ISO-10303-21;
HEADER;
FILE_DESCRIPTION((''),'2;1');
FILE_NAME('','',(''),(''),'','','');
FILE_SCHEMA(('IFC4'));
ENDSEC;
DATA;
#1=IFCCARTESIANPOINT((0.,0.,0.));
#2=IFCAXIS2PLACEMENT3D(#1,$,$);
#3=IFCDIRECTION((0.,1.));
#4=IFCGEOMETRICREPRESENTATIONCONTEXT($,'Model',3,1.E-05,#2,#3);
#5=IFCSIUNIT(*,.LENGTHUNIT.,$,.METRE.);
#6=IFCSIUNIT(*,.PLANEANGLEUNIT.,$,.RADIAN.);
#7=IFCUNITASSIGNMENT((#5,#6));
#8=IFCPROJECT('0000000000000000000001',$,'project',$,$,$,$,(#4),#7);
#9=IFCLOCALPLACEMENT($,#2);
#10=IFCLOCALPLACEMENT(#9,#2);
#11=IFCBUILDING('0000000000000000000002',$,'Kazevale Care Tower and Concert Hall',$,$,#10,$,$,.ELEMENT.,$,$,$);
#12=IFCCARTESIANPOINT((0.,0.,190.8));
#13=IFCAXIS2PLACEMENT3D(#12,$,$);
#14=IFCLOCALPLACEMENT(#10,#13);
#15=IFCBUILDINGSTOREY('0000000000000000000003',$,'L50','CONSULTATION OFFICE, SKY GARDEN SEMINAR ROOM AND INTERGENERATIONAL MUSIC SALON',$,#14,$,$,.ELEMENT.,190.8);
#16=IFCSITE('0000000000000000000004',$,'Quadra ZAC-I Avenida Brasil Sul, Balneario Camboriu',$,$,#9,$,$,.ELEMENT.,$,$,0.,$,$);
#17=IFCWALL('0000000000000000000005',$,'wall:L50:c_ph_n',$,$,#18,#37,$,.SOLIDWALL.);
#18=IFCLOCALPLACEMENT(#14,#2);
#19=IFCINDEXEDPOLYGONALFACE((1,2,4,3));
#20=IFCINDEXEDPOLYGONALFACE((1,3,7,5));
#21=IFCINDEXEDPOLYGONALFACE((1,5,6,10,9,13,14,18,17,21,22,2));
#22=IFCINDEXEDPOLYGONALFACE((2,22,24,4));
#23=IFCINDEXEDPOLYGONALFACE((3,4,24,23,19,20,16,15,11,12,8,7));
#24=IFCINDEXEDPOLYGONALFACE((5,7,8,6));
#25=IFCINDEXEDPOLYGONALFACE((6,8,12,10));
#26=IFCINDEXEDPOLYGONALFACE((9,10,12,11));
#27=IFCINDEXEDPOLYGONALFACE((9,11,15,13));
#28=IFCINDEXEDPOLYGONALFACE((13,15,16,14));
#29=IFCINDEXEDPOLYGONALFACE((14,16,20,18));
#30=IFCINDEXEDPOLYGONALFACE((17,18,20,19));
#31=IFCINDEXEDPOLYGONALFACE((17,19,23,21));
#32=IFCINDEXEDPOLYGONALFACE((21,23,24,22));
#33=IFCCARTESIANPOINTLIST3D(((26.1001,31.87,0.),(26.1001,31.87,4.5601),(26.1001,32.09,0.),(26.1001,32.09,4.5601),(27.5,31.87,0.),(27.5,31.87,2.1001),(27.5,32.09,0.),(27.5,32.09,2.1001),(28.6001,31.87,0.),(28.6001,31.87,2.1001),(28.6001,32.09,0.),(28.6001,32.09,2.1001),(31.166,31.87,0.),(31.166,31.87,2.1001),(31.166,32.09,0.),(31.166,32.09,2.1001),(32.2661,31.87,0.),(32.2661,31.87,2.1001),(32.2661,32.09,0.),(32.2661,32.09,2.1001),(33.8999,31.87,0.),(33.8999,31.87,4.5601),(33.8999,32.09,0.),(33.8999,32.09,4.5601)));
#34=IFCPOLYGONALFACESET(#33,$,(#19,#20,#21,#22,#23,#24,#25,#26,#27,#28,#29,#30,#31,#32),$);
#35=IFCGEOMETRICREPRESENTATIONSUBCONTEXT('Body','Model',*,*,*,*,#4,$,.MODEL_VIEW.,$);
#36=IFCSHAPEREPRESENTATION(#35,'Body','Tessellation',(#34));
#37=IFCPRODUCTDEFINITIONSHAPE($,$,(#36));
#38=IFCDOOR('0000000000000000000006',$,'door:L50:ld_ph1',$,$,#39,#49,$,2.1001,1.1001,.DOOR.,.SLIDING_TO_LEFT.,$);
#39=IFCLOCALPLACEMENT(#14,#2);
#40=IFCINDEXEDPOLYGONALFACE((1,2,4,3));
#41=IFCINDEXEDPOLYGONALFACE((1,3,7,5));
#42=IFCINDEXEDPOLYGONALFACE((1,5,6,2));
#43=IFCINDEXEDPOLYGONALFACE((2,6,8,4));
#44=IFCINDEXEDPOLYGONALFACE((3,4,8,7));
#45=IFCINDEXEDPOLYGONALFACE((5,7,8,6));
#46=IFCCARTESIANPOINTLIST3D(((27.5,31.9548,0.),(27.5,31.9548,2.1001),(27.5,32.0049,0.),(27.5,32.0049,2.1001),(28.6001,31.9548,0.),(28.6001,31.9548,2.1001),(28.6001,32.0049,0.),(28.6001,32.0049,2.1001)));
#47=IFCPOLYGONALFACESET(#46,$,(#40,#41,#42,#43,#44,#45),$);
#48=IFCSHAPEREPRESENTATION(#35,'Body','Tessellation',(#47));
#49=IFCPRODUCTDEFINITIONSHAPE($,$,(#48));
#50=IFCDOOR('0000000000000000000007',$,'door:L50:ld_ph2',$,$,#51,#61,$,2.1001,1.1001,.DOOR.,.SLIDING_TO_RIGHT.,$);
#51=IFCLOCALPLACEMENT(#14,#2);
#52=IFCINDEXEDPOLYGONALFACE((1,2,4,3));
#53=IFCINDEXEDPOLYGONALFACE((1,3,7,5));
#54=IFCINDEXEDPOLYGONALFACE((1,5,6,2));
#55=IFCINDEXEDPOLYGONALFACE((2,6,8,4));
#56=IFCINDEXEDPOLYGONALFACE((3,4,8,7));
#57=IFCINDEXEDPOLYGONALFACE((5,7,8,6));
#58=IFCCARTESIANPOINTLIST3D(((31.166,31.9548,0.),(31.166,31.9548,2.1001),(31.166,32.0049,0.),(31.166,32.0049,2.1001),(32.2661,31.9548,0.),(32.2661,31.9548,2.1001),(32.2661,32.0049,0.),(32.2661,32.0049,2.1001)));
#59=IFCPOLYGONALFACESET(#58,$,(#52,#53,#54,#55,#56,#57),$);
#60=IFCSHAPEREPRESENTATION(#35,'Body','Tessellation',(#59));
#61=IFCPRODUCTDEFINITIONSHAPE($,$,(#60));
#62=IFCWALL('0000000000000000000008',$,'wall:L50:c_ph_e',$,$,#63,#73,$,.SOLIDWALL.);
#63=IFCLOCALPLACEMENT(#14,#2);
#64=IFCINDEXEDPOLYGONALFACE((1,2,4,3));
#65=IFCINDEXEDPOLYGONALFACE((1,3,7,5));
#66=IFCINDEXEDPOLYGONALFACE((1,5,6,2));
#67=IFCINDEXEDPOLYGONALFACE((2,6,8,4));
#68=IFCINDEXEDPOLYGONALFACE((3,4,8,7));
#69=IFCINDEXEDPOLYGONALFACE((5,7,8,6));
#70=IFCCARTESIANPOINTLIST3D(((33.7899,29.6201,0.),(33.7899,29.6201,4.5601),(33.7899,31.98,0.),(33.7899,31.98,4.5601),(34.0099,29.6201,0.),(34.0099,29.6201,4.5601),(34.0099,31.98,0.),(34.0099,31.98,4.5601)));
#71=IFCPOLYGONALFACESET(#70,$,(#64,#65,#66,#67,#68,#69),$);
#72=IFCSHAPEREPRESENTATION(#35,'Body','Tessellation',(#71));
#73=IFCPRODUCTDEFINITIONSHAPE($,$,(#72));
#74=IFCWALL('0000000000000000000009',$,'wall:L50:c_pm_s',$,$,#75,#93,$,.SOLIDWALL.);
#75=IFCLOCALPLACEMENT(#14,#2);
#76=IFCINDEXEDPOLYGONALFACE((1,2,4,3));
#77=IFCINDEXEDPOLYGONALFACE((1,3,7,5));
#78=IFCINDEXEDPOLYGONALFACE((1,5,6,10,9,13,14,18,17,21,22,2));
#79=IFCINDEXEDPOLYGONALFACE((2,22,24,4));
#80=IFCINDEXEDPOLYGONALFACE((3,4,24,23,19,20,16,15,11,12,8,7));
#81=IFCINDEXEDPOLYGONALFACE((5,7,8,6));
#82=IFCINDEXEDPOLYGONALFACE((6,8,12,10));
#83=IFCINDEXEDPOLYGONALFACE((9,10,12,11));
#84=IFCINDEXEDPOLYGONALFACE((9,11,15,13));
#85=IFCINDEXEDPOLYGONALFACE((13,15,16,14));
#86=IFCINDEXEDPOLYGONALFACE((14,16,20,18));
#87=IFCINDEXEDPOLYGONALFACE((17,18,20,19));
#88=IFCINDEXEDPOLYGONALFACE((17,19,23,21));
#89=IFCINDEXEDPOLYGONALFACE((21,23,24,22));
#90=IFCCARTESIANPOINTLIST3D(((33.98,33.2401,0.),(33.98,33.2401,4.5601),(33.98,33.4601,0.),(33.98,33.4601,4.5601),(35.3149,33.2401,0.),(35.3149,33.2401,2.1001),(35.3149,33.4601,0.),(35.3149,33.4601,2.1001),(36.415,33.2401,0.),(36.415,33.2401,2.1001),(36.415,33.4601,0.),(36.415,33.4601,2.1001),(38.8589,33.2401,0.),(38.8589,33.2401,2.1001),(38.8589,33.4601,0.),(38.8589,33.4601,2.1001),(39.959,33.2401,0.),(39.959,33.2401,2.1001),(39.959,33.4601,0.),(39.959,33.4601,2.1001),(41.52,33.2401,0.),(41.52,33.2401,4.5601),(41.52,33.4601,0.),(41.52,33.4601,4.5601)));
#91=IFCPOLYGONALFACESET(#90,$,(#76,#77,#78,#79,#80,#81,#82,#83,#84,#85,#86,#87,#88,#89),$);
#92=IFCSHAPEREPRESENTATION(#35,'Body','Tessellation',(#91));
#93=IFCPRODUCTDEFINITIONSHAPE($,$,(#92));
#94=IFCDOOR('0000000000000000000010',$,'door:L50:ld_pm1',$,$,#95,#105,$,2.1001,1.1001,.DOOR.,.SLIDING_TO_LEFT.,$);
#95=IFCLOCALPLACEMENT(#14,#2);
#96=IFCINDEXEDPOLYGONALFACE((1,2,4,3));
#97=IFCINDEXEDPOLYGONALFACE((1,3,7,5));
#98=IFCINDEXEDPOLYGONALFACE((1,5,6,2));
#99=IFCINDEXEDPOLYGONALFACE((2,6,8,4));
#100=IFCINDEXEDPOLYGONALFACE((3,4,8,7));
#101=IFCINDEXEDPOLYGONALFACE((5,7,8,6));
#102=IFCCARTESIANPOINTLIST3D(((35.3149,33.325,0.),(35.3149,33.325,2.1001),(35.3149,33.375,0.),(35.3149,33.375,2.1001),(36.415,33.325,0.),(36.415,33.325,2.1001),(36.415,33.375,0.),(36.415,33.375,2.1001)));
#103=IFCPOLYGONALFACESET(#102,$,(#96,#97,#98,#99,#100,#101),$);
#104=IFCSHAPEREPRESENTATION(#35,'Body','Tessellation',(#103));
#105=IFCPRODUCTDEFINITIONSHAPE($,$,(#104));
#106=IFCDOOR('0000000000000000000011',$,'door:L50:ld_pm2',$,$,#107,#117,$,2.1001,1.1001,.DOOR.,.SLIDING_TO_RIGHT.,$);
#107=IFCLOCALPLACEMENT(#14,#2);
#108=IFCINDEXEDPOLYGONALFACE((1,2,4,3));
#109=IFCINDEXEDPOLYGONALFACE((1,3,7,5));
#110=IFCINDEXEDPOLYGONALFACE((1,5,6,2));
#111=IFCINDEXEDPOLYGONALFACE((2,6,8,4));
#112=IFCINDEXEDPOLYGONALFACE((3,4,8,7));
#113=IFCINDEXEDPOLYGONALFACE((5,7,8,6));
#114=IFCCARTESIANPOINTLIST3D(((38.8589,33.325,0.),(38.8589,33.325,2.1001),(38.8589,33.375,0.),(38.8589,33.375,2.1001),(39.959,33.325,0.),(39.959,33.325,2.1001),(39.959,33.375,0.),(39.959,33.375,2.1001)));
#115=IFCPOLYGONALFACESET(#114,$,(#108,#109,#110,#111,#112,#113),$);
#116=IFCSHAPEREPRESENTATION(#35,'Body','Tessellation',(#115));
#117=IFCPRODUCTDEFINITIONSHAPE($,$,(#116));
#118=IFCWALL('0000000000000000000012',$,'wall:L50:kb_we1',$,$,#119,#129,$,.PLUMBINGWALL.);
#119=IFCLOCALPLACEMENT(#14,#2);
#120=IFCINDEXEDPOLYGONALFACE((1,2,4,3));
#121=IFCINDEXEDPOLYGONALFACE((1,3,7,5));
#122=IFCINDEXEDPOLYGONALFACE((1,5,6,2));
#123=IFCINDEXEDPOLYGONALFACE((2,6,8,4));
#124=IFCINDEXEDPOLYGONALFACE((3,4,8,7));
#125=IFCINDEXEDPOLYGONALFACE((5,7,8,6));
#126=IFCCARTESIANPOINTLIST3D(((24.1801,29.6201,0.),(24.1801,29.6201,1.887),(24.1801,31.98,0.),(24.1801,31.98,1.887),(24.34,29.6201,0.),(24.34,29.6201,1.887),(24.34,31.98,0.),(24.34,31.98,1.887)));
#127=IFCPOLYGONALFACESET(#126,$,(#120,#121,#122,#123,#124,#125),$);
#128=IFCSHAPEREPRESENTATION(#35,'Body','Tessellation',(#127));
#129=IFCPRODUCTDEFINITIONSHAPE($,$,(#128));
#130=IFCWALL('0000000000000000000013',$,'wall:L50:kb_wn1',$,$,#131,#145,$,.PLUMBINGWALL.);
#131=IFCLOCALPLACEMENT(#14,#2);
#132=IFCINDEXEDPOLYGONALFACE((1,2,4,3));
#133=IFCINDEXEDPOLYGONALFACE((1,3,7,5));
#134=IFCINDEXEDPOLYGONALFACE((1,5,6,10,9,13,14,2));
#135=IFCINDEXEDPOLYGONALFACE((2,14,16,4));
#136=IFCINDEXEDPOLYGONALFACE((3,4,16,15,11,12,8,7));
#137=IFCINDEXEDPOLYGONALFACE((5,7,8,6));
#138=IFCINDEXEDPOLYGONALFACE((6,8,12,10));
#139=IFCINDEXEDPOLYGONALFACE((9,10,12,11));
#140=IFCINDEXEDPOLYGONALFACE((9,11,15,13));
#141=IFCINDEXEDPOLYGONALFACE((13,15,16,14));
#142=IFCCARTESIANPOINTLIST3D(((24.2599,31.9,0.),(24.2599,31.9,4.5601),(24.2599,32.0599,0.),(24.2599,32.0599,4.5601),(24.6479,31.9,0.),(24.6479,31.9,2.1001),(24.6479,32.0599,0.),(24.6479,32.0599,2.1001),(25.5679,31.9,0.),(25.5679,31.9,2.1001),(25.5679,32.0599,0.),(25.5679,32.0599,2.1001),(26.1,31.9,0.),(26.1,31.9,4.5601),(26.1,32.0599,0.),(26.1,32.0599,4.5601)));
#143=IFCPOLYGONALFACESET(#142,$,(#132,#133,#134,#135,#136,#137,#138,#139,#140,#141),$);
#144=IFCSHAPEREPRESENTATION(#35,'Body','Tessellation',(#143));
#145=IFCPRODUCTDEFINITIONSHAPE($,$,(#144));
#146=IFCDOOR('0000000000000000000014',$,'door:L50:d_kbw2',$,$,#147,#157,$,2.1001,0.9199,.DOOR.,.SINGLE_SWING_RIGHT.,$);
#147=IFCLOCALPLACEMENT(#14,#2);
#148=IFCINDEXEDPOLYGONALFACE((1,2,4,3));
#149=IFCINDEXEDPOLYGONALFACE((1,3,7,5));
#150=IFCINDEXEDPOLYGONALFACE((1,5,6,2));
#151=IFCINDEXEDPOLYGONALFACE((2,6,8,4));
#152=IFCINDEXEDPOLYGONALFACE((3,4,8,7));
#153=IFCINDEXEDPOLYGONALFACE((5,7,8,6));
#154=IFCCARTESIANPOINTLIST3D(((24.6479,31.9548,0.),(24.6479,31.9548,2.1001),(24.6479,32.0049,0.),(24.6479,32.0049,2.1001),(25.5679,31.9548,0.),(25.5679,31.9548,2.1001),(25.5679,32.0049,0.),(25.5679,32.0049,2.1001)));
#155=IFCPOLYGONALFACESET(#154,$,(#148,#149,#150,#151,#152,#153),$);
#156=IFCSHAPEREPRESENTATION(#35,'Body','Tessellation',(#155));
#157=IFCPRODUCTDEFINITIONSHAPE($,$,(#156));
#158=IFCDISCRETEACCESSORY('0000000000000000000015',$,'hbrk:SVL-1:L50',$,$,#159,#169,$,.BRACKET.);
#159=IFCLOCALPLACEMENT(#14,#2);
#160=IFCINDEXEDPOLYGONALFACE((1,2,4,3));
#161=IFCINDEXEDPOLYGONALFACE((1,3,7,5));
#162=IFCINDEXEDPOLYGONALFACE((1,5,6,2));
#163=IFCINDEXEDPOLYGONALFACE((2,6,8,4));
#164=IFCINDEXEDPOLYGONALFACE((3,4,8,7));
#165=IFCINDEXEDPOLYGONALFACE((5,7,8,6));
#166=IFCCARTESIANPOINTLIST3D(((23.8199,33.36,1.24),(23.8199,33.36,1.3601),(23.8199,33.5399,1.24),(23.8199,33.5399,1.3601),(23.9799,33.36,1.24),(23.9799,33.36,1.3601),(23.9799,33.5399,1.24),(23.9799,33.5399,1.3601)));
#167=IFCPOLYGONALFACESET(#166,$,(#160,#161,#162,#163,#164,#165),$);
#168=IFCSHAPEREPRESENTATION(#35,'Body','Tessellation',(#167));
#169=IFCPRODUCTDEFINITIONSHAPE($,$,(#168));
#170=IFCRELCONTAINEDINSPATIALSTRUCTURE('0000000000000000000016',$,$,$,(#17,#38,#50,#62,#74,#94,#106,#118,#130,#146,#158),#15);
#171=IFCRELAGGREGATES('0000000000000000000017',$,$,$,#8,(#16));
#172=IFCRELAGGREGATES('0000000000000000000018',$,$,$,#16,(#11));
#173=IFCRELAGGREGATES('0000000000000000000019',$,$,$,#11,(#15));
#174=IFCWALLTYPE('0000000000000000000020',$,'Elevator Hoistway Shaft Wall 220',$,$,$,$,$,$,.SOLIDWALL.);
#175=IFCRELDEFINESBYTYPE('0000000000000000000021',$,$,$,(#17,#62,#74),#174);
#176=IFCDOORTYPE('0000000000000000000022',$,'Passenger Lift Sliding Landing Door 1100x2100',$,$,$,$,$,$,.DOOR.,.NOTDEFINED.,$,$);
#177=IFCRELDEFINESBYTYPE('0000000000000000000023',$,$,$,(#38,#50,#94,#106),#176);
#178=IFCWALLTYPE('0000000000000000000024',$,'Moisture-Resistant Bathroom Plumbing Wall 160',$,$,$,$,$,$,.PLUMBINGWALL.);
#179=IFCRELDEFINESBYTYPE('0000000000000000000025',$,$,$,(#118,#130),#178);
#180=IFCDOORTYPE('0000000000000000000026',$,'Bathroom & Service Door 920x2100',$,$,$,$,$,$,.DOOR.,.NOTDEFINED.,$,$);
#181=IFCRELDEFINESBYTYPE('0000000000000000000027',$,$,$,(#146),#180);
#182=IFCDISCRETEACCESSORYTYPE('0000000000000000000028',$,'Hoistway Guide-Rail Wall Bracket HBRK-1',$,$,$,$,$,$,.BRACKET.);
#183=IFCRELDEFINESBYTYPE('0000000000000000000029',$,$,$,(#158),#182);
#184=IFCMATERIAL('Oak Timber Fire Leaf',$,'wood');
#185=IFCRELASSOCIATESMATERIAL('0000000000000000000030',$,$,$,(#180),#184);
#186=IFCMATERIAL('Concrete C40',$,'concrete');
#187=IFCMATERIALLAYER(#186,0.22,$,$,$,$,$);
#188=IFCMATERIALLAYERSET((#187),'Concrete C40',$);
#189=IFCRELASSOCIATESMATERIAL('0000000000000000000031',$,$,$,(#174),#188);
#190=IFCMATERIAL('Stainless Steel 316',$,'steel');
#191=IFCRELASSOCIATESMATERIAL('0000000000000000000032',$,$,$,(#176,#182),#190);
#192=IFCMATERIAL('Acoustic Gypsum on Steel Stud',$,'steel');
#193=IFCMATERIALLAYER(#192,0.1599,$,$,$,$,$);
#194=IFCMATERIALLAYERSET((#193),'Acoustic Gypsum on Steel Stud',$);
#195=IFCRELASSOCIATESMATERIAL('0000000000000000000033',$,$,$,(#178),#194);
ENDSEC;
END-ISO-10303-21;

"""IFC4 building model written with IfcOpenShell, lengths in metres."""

from ifc_helpers import new_model, si_unit, direction, frame, frame_2d, origin, origin_2d, place, context, subcontext, project, spatial, rectangle, extrude, material, layer, layer_set, type_object, element, fill, save


model = new_model("IFC4")

# Units and contexts
model_context = context("Model", 3, precision=1e-05, world=origin(), true_north=direction((0.0, 1.0)))
body_context = subcontext(model_context, "Body", "Model", "MODEL_VIEW")
ifc_project = project(units=[si_unit("LENGTHUNIT", "METRE"), si_unit("PLANEANGLEUNIT", "RADIAN")], contexts=[model_context])

# Site, building, storey
site_placement = place(None, origin())
site = spatial("IfcSite", under=ifc_project, at=site_placement, Name="Quadra ZAC-I Avenida Brasil Sul, Balneario Camboriu", CompositionType="ELEMENT", RefElevation=0.0)
building_placement = place(site_placement, origin())
building = spatial("IfcBuilding", under=site, at=building_placement, Name="Kazevale Care Tower and Concert Hall", CompositionType="ELEMENT")
storey_placement = place(building_placement, frame((0.0, 0.0, 190.8)))
storey = spatial("IfcBuildingStorey", under=building, at=storey_placement, Name="L50", Description="CONSULTATION OFFICE, SKY GARDEN SEMINAR ROOM AND INTERGENERATIONAL MUSIC SALON", CompositionType="ELEMENT", Elevation=190.8)

# Shared definitions
ifc_material_1 = material(Name="Acoustic Gypsum on Steel Stud", Category="steel")
ifc_material_2 = material(Name="Oak Timber Fire Leaf", Category="wood")
door_type_1 = type_object("IfcDoorType", Name="Bathroom & Service Door 920x2100", OperationType="NOTDEFINED", PredefinedType="DOOR", material=ifc_material_2)

# Shared definitions
ifc_material_3 = material(Name="Concrete C40", Category="concrete")
ifc_layer_1 = layer(ifc_material_3, 0.22)
ifc_layer_set_1 = layer_set([ifc_layer_1], Name="Concrete C40")
wall_type_1 = type_object("IfcWallType", Name="Elevator Hoistway Shaft Wall 220", PredefinedType="SOLIDWALL", material=ifc_layer_set_1)

# Shared definitions
ifc_material_4 = material(Name="Stainless Steel 316", Category="steel")

# Wall, openings, doors
wall_1_placement = place(storey_placement, frame((26.1001, 31.98, 0.0), z_axis=(0.0, 0.0, 1.0), x_axis=(1.0, 0.0, 0.0)))
wall_1 = element("IfcWall", 1, at=wall_1_placement, inside=storey, type_object=wall_type_1, Name="wall:L50:c_ph_n", PredefinedType="SOLIDWALL", context=body_context, shape_type="SweptSolid", body=[
    extrude(rectangle(XDim=7.7998, YDim=0.22, at=frame_2d((3.8999, 0.0))), origin(), (0.0, 0.0, 1.0), 4.5601),
])
opening_1_placement = place(wall_1_placement, frame((1.3999, 0.0, 0.0)))
opening_1 = element("IfcOpeningElement", 2, at=opening_1_placement, cuts=wall_1, PredefinedType="OPENING", context=body_context, shape_type="SweptSolid", body=[
    extrude(rectangle(XDim=1.1001, YDim=2.1001, at=frame_2d((0.55, 1.05))), frame((0.0, 0.1199, 0.0), z_axis=(0.0, -1.0, 0.0), x_axis=(1.0, 0.0, 0.0)), (0.0, 0.0, 1.0), 0.24),
])
opening_2_placement = place(wall_1_placement, frame((5.0659, 0.0, 0.0)))
opening_2 = element("IfcOpeningElement", 3, at=opening_2_placement, cuts=wall_1, PredefinedType="OPENING", context=body_context, shape_type="SweptSolid", body=[
    extrude(rectangle(XDim=1.1001, YDim=2.1001, at=frame_2d((0.55, 1.05))), frame((0.0, 0.1199, 0.0), z_axis=(0.0, -1.0, 0.0), x_axis=(1.0, 0.0, 0.0)), (0.0, 0.0, 1.0), 0.24),
])
door_type_2 = type_object("IfcDoorType", Name="Passenger Lift Sliding Landing Door 1100x2100", OperationType="NOTDEFINED", PredefinedType="DOOR", material=ifc_material_4)
door_1_placement = place(opening_1_placement, origin())
door_1 = element("IfcDoor", 4, at=door_1_placement, inside=storey, type_object=door_type_2, Name="door:L50:ld_ph1", OperationType="SLIDING_TO_LEFT", OverallHeight=2.1001, OverallWidth=1.1001, PredefinedType="DOOR", context=body_context, shape_type="SweptSolid", body=[
    extrude(rectangle(XDim=1.1001, YDim=2.1001, at=frame_2d((0.55, 1.05))), frame((0.0, 0.0249, 0.0), z_axis=(0.0, -1.0, 0.0), x_axis=(1.0, 0.0, 0.0)), (0.0, 0.0, 1.0), 0.05),
])
fill(opening_1, door_1)
door_2_placement = place(opening_2_placement, origin())
door_2 = element("IfcDoor", 5, at=door_2_placement, inside=storey, type_object=door_type_2, Name="door:L50:ld_ph2", OperationType="SLIDING_TO_RIGHT", OverallHeight=2.1001, OverallWidth=1.1001, PredefinedType="DOOR", context=body_context, shape_type="SweptSolid", body=[
    extrude(rectangle(XDim=1.1001, YDim=2.1001, at=frame_2d((0.55, 1.05))), frame((0.0, 0.0249, 0.0), z_axis=(0.0, -1.0, 0.0), x_axis=(1.0, 0.0, 0.0)), (0.0, 0.0, 1.0), 0.05),
])
fill(opening_2, door_2)

# Wall
wall_2_placement = place(storey_placement, frame((33.8999, 29.6201, 0.0), z_axis=(0.0, 0.0, 1.0), x_axis=(0.0, 1.0, 0.0)))
element("IfcWall", 6, at=wall_2_placement, inside=storey, type_object=wall_type_1, Name="wall:L50:c_ph_e", PredefinedType="SOLIDWALL", context=body_context, shape_type="SweptSolid", body=[
    extrude(rectangle(XDim=2.3599, YDim=0.22, at=frame_2d((1.1799, 0.0))), origin(), (0.0, 0.0, 1.0), 4.5601),
])

# Wall, openings, doors
wall_3_placement = place(storey_placement, frame((33.98, 33.3501, 0.0), z_axis=(0.0, 0.0, 1.0), x_axis=(1.0, 0.0, 0.0)))
wall_3 = element("IfcWall", 7, at=wall_3_placement, inside=storey, type_object=wall_type_1, Name="wall:L50:c_pm_s", PredefinedType="SOLIDWALL", context=body_context, shape_type="SweptSolid", body=[
    extrude(rectangle(XDim=7.54, YDim=0.22, at=frame_2d((3.77, 0.0))), origin(), (0.0, 0.0, 1.0), 4.5601),
])
opening_3_placement = place(wall_3_placement, frame((1.335, 0.0, 0.0)))
opening_3 = element("IfcOpeningElement", 8, at=opening_3_placement, cuts=wall_3, PredefinedType="OPENING", context=body_context, shape_type="SweptSolid", body=[
    extrude(rectangle(XDim=1.1001, YDim=2.1001, at=frame_2d((0.55, 1.05))), frame((0.0, 0.1199, 0.0), z_axis=(0.0, -1.0, 0.0), x_axis=(1.0, 0.0, 0.0)), (0.0, 0.0, 1.0), 0.24),
])
opening_4_placement = place(wall_3_placement, frame((4.8789, 0.0, 0.0)))
opening_4 = element("IfcOpeningElement", 9, at=opening_4_placement, cuts=wall_3, PredefinedType="OPENING", context=body_context, shape_type="SweptSolid", body=[
    extrude(rectangle(XDim=1.1001, YDim=2.1001, at=frame_2d((0.55, 1.05))), frame((0.0, 0.1199, 0.0), z_axis=(0.0, -1.0, 0.0), x_axis=(1.0, 0.0, 0.0)), (0.0, 0.0, 1.0), 0.24),
])
door_3_placement = place(opening_3_placement, origin())
door_3 = element("IfcDoor", 10, at=door_3_placement, inside=storey, type_object=door_type_2, Name="door:L50:ld_pm1", OperationType="SLIDING_TO_LEFT", OverallHeight=2.1001, OverallWidth=1.1001, PredefinedType="DOOR", context=body_context, shape_type="SweptSolid", body=[
    extrude(rectangle(XDim=1.1001, YDim=2.1001, at=frame_2d((0.55, 1.05))), frame((0.0, 0.0249, 0.0), z_axis=(0.0, -1.0, 0.0), x_axis=(1.0, 0.0, 0.0)), (0.0, 0.0, 1.0), 0.05),
])
fill(opening_3, door_3)
door_4_placement = place(opening_4_placement, origin())
door_4 = element("IfcDoor", 11, at=door_4_placement, inside=storey, type_object=door_type_2, Name="door:L50:ld_pm2", OperationType="SLIDING_TO_RIGHT", OverallHeight=2.1001, OverallWidth=1.1001, PredefinedType="DOOR", context=body_context, shape_type="SweptSolid", body=[
    extrude(rectangle(XDim=1.1001, YDim=2.1001, at=frame_2d((0.55, 1.05))), frame((0.0, 0.0249, 0.0), z_axis=(0.0, -1.0, 0.0), x_axis=(1.0, 0.0, 0.0)), (0.0, 0.0, 1.0), 0.05),
])
fill(opening_4, door_4)

# Wall
ifc_layer_2 = layer(ifc_material_1, 0.1599)
ifc_layer_set_2 = layer_set([ifc_layer_2], Name="Acoustic Gypsum on Steel Stud")
wall_type_2 = type_object("IfcWallType", Name="Moisture-Resistant Bathroom Plumbing Wall 160", PredefinedType="PLUMBINGWALL", material=ifc_layer_set_2)
wall_4_placement = place(storey_placement, frame((24.26, 29.6201, 0.0), z_axis=(0.0, 0.0, 1.0), x_axis=(0.0, 1.0, 0.0)))
element("IfcWall", 12, at=wall_4_placement, inside=storey, type_object=wall_type_2, Name="wall:L50:kb_we1", PredefinedType="PLUMBINGWALL", context=body_context, shape_type="SweptSolid", body=[
    extrude(rectangle(XDim=2.3599, YDim=0.1599, at=frame_2d((1.1799, 0.0))), origin(), (0.0, 0.0, 1.0), 1.887),
])

# Wall, opening, door
wall_5_placement = place(storey_placement, frame((24.26, 31.98, 0.0), z_axis=(0.0, 0.0, 1.0), x_axis=(1.0, 0.0, 0.0)))
wall_5 = element("IfcWall", 13, at=wall_5_placement, inside=storey, type_object=wall_type_2, Name="wall:L50:kb_wn1", PredefinedType="PLUMBINGWALL", context=body_context, shape_type="SweptSolid", body=[
    extrude(rectangle(XDim=1.8401, YDim=0.1599, at=frame_2d((0.9199, 0.0))), origin(), (0.0, 0.0, 1.0), 4.5601),
])
opening_5_placement = place(wall_5_placement, frame((0.3879, 0.0, 0.0)))
opening_5 = element("IfcOpeningElement", 14, at=opening_5_placement, cuts=wall_5, PredefinedType="OPENING", context=body_context, shape_type="SweptSolid", body=[
    extrude(rectangle(XDim=0.9199, YDim=2.1001, at=frame_2d((0.46, 1.05))), frame((0.0, 0.0898, 0.0), z_axis=(0.0, -1.0, 0.0), x_axis=(1.0, 0.0, 0.0)), (0.0, 0.0, 1.0), 0.1799),
])
door_5_placement = place(opening_5_placement, origin())
door_5 = element("IfcDoor", 15, at=door_5_placement, inside=storey, type_object=door_type_1, Name="door:L50:d_kbw2", OperationType="SINGLE_SWING_RIGHT", OverallHeight=2.1001, OverallWidth=0.9199, PredefinedType="DOOR", context=body_context, shape_type="SweptSolid", body=[
    extrude(rectangle(XDim=0.9199, YDim=2.1001, at=frame_2d((0.46, 1.05))), frame((0.0, 0.0249, 0.0), z_axis=(0.0, -1.0, 0.0), x_axis=(1.0, 0.0, 0.0)), (0.0, 0.0, 1.0), 0.05),
])
fill(opening_5, door_5)

# Discrete accessory
discrete_accessory_type = type_object("IfcDiscreteAccessoryType", Name="Hoistway Guide-Rail Wall Bracket HBRK-1", PredefinedType="BRACKET", material=ifc_material_4)
for number, where, z_axis, x_axis, name in (
    (16, (23.8999, 33.45, 1.24), (0.0, 0.0, 1.0), (1.0, 0.0, 0.0), "hbrk:SVL-1:L50"),
):
    element("IfcDiscreteAccessory", number, at=place(storey_placement, frame(where, z_axis=z_axis, x_axis=x_axis)), inside=storey, type_object=discrete_accessory_type, Name=name, PredefinedType="BRACKET", context=body_context, shape_type="SweptSolid", body=[
        extrude(rectangle(XDim=0.1599, YDim=0.1799, at=origin_2d()), origin(), (0.0, 0.0, 1.0), 0.1201),
    ])

save(model, "model.ifc")
